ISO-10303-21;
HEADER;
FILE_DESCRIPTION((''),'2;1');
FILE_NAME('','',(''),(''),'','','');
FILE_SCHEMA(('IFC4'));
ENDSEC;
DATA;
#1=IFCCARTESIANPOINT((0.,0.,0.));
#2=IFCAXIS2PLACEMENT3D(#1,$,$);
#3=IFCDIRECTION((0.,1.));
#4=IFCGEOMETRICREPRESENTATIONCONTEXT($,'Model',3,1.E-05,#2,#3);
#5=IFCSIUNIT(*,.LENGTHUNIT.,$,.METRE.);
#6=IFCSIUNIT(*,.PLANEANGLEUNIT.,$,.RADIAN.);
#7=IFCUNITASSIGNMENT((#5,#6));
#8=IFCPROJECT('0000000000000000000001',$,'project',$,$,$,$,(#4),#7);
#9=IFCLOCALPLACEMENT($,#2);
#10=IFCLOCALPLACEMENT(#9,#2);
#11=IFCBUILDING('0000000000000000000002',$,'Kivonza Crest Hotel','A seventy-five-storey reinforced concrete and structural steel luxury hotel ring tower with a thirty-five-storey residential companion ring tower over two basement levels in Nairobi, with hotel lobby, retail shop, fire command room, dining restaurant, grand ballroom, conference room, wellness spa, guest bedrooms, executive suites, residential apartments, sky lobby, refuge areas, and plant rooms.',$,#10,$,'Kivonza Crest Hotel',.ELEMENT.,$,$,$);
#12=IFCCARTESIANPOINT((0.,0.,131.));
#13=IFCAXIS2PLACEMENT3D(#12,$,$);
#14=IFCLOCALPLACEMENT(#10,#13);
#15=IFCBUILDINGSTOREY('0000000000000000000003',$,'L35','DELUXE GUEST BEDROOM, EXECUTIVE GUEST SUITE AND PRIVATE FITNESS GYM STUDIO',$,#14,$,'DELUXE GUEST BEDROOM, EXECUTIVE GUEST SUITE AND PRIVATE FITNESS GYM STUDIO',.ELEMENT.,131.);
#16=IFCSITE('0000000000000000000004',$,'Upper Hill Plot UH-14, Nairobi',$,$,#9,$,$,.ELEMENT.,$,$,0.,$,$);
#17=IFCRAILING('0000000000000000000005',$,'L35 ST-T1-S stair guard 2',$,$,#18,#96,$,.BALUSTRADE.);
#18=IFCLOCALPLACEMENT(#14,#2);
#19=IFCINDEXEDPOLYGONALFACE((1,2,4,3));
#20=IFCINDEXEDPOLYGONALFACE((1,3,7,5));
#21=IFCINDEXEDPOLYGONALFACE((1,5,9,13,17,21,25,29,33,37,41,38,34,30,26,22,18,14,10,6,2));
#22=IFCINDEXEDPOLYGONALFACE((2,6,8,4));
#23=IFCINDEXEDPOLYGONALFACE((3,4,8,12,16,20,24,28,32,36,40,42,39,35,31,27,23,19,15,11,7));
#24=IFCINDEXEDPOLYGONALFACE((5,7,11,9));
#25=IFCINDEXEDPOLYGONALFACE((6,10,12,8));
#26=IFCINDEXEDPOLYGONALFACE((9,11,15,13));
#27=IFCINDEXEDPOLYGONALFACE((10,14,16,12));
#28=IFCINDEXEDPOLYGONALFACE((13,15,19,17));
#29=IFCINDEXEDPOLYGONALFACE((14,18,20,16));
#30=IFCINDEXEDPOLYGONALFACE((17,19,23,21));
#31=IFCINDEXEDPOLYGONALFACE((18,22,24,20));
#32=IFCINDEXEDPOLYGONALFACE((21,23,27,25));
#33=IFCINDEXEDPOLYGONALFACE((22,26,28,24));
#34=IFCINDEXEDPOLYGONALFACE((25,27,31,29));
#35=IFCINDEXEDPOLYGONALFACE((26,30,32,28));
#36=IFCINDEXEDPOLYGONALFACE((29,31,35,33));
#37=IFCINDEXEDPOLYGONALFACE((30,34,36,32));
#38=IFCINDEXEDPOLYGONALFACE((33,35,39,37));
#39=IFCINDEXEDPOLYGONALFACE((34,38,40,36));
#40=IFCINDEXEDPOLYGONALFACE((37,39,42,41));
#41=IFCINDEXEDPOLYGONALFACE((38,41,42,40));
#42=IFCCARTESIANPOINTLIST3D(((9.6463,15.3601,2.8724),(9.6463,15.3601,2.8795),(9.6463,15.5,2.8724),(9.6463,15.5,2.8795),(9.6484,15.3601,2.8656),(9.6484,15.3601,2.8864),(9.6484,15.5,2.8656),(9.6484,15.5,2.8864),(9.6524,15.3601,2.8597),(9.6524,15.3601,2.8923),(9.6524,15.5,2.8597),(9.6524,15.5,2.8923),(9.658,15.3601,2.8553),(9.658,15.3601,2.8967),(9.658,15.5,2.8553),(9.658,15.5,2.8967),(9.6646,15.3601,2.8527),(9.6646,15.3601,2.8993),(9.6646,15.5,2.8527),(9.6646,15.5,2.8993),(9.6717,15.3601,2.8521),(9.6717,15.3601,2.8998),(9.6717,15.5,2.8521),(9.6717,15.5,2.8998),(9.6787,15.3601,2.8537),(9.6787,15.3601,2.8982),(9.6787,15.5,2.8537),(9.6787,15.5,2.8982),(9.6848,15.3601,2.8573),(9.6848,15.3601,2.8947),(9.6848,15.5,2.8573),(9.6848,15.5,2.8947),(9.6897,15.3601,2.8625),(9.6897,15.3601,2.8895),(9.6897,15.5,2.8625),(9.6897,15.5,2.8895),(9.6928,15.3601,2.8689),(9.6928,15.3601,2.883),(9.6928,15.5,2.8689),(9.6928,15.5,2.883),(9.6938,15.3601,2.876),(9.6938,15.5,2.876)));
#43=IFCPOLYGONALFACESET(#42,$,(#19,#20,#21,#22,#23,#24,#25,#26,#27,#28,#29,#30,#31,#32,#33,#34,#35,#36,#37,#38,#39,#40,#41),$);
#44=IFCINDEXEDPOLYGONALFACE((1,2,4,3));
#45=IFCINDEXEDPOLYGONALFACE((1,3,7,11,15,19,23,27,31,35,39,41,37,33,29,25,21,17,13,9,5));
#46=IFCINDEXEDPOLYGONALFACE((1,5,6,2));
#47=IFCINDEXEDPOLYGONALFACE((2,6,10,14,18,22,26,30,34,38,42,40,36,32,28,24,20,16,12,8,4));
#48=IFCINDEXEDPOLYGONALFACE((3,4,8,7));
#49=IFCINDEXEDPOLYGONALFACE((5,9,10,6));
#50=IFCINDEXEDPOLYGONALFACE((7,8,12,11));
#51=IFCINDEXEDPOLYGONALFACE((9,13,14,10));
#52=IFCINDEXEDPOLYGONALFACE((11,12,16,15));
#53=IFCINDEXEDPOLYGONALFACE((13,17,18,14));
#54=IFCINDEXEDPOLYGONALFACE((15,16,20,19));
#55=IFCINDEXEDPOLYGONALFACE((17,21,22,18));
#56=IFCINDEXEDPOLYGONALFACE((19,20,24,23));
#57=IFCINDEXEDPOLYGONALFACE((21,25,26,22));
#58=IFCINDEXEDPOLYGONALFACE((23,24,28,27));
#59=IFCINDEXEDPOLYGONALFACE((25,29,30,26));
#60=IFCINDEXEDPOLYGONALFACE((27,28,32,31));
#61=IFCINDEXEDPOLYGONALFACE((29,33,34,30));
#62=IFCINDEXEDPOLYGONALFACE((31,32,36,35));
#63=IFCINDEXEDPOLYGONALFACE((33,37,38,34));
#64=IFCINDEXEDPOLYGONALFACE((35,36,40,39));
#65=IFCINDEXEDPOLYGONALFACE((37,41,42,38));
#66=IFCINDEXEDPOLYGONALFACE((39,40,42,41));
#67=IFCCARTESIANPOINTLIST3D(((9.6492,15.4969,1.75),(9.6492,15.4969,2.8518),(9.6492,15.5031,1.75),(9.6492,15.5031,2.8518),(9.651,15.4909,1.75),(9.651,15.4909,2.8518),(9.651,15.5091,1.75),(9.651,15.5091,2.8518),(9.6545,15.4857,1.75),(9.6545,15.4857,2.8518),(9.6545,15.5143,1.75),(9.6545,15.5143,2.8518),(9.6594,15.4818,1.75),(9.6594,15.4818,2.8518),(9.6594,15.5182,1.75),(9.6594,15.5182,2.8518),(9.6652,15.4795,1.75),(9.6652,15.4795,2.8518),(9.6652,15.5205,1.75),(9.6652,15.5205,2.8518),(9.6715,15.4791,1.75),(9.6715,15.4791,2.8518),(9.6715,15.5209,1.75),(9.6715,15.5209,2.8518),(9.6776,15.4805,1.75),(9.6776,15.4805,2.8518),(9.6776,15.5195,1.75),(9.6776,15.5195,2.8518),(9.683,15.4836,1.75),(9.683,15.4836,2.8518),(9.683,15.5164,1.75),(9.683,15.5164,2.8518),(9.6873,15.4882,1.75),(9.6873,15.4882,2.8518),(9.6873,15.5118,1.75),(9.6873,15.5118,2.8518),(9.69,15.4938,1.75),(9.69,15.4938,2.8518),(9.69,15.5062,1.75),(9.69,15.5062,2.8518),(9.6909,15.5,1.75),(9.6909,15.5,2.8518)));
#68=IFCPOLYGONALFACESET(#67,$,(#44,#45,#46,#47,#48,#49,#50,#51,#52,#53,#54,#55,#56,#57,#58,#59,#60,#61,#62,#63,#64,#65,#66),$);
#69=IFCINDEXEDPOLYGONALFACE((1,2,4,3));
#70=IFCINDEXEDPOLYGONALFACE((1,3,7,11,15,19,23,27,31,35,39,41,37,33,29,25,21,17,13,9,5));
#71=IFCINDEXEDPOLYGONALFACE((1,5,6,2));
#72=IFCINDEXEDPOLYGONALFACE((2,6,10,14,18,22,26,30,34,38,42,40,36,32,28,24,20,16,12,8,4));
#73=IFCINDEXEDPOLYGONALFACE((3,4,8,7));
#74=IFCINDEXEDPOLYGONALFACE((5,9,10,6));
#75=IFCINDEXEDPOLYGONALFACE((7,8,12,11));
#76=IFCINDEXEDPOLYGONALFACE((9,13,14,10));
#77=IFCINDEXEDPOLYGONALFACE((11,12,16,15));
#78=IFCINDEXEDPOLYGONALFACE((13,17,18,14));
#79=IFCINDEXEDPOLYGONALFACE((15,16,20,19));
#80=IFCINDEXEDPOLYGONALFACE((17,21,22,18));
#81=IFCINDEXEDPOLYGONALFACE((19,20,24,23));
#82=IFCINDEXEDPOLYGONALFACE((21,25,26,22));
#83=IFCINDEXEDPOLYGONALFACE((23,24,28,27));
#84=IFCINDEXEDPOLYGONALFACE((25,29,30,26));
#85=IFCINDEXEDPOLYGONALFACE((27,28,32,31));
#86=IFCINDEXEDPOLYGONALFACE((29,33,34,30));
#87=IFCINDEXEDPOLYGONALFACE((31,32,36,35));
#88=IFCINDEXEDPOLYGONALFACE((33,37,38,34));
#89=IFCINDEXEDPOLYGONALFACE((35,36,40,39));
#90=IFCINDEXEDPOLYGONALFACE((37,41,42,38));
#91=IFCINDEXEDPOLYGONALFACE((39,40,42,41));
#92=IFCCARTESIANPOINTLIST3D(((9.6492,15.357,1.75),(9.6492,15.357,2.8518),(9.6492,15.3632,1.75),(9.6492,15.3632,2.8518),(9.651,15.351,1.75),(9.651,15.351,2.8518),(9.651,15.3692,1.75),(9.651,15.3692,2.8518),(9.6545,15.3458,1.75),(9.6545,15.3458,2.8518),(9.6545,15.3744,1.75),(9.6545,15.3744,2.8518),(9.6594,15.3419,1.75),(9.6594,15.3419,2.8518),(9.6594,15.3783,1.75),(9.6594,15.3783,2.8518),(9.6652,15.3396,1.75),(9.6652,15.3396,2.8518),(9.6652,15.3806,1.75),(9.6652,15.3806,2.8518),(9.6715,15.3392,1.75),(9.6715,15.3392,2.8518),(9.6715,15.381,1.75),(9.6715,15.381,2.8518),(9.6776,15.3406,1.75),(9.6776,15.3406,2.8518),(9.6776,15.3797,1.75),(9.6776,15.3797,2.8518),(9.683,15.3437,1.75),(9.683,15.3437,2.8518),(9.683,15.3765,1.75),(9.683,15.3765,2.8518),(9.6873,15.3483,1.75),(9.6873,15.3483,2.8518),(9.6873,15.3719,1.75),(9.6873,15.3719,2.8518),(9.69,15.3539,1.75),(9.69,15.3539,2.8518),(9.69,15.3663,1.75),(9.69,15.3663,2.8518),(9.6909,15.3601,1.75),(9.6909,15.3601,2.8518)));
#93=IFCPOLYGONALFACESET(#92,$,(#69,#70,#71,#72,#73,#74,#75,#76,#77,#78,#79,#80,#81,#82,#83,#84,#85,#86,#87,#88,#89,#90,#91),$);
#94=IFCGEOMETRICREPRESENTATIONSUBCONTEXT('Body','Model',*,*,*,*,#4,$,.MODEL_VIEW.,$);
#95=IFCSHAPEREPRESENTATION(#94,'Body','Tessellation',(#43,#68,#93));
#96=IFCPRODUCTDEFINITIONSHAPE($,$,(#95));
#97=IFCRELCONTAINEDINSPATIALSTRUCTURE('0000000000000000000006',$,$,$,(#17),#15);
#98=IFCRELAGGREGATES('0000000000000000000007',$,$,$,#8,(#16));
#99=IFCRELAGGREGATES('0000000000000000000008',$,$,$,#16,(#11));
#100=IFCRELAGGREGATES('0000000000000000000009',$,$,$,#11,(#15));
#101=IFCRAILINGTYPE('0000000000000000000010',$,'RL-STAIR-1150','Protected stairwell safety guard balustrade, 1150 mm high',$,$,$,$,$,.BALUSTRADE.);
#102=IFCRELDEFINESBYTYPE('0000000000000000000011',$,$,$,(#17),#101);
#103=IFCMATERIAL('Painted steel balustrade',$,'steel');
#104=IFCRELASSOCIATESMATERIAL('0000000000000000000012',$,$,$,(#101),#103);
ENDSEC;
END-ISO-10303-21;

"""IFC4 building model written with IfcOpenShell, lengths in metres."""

from ifc_helpers import new_model, si_unit, direction, frame, origin, origin_2d, place, context, subcontext, project, spatial, circle, extrude, material, type_object, element, save


model = new_model("IFC4")

# Units and contexts
model_context = context("Model", 3, precision=1e-05, world=origin(), true_north=direction((0.0, 1.0)))
body_context = subcontext(model_context, "Body", "Model", "MODEL_VIEW")
ifc_project = project(units=[si_unit("LENGTHUNIT", "METRE"), si_unit("PLANEANGLEUNIT", "RADIAN")], contexts=[model_context])

# Site, building, storey
site_placement = place(None, origin())
site = spatial("IfcSite", under=ifc_project, at=site_placement, Name="Upper Hill Plot UH-14, Nairobi", CompositionType="ELEMENT", RefElevation=0.0)
building_placement = place(site_placement, origin())
building = spatial("IfcBuilding", under=site, at=building_placement, Name="Kivonza Crest Hotel", Description="A seventy-five-storey reinforced concrete and structural steel luxury hotel ring tower with a thirty-five-storey residential companion ring tower over two basement levels in Nairobi, with hotel lobby, retail shop, fire command room, dining restaurant, grand ballroom, conference room, wellness spa, guest bedrooms, executive suites, residential apartments, sky lobby, refuge areas, and plant rooms.", LongName="Kivonza Crest Hotel", CompositionType="ELEMENT")
storey_placement = place(building_placement, frame((0.0, 0.0, 131.0)))
storey = spatial("IfcBuildingStorey", under=building, at=storey_placement, Name="L35", Description="DELUXE GUEST BEDROOM, EXECUTIVE GUEST SUITE AND PRIVATE FITNESS GYM STUDIO", LongName="DELUXE GUEST BEDROOM, EXECUTIVE GUEST SUITE AND PRIVATE FITNESS GYM STUDIO", CompositionType="ELEMENT", Elevation=131.0)

# Railing
ifc_material_1 = material(Name="Painted steel balustrade", Category="steel")
railing_type_1 = type_object("IfcRailingType", Name="RL-STAIR-1150", Description="Protected stairwell safety guard balustrade, 1150 mm high", PredefinedType="BALUSTRADE", material=ifc_material_1)
railing_1_placement = place(storey_placement, frame((9.6699, 15.5, 1.75)))
element("IfcRailing", 1, at=railing_1_placement, inside=storey, type_object=railing_type_1, Name="L35 ST-T1-S stair guard 2", PredefinedType="BALUSTRADE", context=body_context, shape_type="SweptSolid", body=[
    extrude(circle(Radius=0.0239, at=origin_2d()), frame((0.0, 0.0, 1.126), z_axis=(0.0, -1.0, 0.0), x_axis=(1.0, 0.0, 0.0)), (0.0, 0.0, 1.0), 0.1399),
    extrude(circle(Radius=0.021, at=origin_2d()), origin(), (0.0, 0.0, 1.0), 1.1018),
    extrude(circle(Radius=0.021, at=origin_2d()), frame((0.0, -0.1399, 0.0)), (0.0, 0.0, 1.0), 1.1018),
])

save(model, "model.ifc")
